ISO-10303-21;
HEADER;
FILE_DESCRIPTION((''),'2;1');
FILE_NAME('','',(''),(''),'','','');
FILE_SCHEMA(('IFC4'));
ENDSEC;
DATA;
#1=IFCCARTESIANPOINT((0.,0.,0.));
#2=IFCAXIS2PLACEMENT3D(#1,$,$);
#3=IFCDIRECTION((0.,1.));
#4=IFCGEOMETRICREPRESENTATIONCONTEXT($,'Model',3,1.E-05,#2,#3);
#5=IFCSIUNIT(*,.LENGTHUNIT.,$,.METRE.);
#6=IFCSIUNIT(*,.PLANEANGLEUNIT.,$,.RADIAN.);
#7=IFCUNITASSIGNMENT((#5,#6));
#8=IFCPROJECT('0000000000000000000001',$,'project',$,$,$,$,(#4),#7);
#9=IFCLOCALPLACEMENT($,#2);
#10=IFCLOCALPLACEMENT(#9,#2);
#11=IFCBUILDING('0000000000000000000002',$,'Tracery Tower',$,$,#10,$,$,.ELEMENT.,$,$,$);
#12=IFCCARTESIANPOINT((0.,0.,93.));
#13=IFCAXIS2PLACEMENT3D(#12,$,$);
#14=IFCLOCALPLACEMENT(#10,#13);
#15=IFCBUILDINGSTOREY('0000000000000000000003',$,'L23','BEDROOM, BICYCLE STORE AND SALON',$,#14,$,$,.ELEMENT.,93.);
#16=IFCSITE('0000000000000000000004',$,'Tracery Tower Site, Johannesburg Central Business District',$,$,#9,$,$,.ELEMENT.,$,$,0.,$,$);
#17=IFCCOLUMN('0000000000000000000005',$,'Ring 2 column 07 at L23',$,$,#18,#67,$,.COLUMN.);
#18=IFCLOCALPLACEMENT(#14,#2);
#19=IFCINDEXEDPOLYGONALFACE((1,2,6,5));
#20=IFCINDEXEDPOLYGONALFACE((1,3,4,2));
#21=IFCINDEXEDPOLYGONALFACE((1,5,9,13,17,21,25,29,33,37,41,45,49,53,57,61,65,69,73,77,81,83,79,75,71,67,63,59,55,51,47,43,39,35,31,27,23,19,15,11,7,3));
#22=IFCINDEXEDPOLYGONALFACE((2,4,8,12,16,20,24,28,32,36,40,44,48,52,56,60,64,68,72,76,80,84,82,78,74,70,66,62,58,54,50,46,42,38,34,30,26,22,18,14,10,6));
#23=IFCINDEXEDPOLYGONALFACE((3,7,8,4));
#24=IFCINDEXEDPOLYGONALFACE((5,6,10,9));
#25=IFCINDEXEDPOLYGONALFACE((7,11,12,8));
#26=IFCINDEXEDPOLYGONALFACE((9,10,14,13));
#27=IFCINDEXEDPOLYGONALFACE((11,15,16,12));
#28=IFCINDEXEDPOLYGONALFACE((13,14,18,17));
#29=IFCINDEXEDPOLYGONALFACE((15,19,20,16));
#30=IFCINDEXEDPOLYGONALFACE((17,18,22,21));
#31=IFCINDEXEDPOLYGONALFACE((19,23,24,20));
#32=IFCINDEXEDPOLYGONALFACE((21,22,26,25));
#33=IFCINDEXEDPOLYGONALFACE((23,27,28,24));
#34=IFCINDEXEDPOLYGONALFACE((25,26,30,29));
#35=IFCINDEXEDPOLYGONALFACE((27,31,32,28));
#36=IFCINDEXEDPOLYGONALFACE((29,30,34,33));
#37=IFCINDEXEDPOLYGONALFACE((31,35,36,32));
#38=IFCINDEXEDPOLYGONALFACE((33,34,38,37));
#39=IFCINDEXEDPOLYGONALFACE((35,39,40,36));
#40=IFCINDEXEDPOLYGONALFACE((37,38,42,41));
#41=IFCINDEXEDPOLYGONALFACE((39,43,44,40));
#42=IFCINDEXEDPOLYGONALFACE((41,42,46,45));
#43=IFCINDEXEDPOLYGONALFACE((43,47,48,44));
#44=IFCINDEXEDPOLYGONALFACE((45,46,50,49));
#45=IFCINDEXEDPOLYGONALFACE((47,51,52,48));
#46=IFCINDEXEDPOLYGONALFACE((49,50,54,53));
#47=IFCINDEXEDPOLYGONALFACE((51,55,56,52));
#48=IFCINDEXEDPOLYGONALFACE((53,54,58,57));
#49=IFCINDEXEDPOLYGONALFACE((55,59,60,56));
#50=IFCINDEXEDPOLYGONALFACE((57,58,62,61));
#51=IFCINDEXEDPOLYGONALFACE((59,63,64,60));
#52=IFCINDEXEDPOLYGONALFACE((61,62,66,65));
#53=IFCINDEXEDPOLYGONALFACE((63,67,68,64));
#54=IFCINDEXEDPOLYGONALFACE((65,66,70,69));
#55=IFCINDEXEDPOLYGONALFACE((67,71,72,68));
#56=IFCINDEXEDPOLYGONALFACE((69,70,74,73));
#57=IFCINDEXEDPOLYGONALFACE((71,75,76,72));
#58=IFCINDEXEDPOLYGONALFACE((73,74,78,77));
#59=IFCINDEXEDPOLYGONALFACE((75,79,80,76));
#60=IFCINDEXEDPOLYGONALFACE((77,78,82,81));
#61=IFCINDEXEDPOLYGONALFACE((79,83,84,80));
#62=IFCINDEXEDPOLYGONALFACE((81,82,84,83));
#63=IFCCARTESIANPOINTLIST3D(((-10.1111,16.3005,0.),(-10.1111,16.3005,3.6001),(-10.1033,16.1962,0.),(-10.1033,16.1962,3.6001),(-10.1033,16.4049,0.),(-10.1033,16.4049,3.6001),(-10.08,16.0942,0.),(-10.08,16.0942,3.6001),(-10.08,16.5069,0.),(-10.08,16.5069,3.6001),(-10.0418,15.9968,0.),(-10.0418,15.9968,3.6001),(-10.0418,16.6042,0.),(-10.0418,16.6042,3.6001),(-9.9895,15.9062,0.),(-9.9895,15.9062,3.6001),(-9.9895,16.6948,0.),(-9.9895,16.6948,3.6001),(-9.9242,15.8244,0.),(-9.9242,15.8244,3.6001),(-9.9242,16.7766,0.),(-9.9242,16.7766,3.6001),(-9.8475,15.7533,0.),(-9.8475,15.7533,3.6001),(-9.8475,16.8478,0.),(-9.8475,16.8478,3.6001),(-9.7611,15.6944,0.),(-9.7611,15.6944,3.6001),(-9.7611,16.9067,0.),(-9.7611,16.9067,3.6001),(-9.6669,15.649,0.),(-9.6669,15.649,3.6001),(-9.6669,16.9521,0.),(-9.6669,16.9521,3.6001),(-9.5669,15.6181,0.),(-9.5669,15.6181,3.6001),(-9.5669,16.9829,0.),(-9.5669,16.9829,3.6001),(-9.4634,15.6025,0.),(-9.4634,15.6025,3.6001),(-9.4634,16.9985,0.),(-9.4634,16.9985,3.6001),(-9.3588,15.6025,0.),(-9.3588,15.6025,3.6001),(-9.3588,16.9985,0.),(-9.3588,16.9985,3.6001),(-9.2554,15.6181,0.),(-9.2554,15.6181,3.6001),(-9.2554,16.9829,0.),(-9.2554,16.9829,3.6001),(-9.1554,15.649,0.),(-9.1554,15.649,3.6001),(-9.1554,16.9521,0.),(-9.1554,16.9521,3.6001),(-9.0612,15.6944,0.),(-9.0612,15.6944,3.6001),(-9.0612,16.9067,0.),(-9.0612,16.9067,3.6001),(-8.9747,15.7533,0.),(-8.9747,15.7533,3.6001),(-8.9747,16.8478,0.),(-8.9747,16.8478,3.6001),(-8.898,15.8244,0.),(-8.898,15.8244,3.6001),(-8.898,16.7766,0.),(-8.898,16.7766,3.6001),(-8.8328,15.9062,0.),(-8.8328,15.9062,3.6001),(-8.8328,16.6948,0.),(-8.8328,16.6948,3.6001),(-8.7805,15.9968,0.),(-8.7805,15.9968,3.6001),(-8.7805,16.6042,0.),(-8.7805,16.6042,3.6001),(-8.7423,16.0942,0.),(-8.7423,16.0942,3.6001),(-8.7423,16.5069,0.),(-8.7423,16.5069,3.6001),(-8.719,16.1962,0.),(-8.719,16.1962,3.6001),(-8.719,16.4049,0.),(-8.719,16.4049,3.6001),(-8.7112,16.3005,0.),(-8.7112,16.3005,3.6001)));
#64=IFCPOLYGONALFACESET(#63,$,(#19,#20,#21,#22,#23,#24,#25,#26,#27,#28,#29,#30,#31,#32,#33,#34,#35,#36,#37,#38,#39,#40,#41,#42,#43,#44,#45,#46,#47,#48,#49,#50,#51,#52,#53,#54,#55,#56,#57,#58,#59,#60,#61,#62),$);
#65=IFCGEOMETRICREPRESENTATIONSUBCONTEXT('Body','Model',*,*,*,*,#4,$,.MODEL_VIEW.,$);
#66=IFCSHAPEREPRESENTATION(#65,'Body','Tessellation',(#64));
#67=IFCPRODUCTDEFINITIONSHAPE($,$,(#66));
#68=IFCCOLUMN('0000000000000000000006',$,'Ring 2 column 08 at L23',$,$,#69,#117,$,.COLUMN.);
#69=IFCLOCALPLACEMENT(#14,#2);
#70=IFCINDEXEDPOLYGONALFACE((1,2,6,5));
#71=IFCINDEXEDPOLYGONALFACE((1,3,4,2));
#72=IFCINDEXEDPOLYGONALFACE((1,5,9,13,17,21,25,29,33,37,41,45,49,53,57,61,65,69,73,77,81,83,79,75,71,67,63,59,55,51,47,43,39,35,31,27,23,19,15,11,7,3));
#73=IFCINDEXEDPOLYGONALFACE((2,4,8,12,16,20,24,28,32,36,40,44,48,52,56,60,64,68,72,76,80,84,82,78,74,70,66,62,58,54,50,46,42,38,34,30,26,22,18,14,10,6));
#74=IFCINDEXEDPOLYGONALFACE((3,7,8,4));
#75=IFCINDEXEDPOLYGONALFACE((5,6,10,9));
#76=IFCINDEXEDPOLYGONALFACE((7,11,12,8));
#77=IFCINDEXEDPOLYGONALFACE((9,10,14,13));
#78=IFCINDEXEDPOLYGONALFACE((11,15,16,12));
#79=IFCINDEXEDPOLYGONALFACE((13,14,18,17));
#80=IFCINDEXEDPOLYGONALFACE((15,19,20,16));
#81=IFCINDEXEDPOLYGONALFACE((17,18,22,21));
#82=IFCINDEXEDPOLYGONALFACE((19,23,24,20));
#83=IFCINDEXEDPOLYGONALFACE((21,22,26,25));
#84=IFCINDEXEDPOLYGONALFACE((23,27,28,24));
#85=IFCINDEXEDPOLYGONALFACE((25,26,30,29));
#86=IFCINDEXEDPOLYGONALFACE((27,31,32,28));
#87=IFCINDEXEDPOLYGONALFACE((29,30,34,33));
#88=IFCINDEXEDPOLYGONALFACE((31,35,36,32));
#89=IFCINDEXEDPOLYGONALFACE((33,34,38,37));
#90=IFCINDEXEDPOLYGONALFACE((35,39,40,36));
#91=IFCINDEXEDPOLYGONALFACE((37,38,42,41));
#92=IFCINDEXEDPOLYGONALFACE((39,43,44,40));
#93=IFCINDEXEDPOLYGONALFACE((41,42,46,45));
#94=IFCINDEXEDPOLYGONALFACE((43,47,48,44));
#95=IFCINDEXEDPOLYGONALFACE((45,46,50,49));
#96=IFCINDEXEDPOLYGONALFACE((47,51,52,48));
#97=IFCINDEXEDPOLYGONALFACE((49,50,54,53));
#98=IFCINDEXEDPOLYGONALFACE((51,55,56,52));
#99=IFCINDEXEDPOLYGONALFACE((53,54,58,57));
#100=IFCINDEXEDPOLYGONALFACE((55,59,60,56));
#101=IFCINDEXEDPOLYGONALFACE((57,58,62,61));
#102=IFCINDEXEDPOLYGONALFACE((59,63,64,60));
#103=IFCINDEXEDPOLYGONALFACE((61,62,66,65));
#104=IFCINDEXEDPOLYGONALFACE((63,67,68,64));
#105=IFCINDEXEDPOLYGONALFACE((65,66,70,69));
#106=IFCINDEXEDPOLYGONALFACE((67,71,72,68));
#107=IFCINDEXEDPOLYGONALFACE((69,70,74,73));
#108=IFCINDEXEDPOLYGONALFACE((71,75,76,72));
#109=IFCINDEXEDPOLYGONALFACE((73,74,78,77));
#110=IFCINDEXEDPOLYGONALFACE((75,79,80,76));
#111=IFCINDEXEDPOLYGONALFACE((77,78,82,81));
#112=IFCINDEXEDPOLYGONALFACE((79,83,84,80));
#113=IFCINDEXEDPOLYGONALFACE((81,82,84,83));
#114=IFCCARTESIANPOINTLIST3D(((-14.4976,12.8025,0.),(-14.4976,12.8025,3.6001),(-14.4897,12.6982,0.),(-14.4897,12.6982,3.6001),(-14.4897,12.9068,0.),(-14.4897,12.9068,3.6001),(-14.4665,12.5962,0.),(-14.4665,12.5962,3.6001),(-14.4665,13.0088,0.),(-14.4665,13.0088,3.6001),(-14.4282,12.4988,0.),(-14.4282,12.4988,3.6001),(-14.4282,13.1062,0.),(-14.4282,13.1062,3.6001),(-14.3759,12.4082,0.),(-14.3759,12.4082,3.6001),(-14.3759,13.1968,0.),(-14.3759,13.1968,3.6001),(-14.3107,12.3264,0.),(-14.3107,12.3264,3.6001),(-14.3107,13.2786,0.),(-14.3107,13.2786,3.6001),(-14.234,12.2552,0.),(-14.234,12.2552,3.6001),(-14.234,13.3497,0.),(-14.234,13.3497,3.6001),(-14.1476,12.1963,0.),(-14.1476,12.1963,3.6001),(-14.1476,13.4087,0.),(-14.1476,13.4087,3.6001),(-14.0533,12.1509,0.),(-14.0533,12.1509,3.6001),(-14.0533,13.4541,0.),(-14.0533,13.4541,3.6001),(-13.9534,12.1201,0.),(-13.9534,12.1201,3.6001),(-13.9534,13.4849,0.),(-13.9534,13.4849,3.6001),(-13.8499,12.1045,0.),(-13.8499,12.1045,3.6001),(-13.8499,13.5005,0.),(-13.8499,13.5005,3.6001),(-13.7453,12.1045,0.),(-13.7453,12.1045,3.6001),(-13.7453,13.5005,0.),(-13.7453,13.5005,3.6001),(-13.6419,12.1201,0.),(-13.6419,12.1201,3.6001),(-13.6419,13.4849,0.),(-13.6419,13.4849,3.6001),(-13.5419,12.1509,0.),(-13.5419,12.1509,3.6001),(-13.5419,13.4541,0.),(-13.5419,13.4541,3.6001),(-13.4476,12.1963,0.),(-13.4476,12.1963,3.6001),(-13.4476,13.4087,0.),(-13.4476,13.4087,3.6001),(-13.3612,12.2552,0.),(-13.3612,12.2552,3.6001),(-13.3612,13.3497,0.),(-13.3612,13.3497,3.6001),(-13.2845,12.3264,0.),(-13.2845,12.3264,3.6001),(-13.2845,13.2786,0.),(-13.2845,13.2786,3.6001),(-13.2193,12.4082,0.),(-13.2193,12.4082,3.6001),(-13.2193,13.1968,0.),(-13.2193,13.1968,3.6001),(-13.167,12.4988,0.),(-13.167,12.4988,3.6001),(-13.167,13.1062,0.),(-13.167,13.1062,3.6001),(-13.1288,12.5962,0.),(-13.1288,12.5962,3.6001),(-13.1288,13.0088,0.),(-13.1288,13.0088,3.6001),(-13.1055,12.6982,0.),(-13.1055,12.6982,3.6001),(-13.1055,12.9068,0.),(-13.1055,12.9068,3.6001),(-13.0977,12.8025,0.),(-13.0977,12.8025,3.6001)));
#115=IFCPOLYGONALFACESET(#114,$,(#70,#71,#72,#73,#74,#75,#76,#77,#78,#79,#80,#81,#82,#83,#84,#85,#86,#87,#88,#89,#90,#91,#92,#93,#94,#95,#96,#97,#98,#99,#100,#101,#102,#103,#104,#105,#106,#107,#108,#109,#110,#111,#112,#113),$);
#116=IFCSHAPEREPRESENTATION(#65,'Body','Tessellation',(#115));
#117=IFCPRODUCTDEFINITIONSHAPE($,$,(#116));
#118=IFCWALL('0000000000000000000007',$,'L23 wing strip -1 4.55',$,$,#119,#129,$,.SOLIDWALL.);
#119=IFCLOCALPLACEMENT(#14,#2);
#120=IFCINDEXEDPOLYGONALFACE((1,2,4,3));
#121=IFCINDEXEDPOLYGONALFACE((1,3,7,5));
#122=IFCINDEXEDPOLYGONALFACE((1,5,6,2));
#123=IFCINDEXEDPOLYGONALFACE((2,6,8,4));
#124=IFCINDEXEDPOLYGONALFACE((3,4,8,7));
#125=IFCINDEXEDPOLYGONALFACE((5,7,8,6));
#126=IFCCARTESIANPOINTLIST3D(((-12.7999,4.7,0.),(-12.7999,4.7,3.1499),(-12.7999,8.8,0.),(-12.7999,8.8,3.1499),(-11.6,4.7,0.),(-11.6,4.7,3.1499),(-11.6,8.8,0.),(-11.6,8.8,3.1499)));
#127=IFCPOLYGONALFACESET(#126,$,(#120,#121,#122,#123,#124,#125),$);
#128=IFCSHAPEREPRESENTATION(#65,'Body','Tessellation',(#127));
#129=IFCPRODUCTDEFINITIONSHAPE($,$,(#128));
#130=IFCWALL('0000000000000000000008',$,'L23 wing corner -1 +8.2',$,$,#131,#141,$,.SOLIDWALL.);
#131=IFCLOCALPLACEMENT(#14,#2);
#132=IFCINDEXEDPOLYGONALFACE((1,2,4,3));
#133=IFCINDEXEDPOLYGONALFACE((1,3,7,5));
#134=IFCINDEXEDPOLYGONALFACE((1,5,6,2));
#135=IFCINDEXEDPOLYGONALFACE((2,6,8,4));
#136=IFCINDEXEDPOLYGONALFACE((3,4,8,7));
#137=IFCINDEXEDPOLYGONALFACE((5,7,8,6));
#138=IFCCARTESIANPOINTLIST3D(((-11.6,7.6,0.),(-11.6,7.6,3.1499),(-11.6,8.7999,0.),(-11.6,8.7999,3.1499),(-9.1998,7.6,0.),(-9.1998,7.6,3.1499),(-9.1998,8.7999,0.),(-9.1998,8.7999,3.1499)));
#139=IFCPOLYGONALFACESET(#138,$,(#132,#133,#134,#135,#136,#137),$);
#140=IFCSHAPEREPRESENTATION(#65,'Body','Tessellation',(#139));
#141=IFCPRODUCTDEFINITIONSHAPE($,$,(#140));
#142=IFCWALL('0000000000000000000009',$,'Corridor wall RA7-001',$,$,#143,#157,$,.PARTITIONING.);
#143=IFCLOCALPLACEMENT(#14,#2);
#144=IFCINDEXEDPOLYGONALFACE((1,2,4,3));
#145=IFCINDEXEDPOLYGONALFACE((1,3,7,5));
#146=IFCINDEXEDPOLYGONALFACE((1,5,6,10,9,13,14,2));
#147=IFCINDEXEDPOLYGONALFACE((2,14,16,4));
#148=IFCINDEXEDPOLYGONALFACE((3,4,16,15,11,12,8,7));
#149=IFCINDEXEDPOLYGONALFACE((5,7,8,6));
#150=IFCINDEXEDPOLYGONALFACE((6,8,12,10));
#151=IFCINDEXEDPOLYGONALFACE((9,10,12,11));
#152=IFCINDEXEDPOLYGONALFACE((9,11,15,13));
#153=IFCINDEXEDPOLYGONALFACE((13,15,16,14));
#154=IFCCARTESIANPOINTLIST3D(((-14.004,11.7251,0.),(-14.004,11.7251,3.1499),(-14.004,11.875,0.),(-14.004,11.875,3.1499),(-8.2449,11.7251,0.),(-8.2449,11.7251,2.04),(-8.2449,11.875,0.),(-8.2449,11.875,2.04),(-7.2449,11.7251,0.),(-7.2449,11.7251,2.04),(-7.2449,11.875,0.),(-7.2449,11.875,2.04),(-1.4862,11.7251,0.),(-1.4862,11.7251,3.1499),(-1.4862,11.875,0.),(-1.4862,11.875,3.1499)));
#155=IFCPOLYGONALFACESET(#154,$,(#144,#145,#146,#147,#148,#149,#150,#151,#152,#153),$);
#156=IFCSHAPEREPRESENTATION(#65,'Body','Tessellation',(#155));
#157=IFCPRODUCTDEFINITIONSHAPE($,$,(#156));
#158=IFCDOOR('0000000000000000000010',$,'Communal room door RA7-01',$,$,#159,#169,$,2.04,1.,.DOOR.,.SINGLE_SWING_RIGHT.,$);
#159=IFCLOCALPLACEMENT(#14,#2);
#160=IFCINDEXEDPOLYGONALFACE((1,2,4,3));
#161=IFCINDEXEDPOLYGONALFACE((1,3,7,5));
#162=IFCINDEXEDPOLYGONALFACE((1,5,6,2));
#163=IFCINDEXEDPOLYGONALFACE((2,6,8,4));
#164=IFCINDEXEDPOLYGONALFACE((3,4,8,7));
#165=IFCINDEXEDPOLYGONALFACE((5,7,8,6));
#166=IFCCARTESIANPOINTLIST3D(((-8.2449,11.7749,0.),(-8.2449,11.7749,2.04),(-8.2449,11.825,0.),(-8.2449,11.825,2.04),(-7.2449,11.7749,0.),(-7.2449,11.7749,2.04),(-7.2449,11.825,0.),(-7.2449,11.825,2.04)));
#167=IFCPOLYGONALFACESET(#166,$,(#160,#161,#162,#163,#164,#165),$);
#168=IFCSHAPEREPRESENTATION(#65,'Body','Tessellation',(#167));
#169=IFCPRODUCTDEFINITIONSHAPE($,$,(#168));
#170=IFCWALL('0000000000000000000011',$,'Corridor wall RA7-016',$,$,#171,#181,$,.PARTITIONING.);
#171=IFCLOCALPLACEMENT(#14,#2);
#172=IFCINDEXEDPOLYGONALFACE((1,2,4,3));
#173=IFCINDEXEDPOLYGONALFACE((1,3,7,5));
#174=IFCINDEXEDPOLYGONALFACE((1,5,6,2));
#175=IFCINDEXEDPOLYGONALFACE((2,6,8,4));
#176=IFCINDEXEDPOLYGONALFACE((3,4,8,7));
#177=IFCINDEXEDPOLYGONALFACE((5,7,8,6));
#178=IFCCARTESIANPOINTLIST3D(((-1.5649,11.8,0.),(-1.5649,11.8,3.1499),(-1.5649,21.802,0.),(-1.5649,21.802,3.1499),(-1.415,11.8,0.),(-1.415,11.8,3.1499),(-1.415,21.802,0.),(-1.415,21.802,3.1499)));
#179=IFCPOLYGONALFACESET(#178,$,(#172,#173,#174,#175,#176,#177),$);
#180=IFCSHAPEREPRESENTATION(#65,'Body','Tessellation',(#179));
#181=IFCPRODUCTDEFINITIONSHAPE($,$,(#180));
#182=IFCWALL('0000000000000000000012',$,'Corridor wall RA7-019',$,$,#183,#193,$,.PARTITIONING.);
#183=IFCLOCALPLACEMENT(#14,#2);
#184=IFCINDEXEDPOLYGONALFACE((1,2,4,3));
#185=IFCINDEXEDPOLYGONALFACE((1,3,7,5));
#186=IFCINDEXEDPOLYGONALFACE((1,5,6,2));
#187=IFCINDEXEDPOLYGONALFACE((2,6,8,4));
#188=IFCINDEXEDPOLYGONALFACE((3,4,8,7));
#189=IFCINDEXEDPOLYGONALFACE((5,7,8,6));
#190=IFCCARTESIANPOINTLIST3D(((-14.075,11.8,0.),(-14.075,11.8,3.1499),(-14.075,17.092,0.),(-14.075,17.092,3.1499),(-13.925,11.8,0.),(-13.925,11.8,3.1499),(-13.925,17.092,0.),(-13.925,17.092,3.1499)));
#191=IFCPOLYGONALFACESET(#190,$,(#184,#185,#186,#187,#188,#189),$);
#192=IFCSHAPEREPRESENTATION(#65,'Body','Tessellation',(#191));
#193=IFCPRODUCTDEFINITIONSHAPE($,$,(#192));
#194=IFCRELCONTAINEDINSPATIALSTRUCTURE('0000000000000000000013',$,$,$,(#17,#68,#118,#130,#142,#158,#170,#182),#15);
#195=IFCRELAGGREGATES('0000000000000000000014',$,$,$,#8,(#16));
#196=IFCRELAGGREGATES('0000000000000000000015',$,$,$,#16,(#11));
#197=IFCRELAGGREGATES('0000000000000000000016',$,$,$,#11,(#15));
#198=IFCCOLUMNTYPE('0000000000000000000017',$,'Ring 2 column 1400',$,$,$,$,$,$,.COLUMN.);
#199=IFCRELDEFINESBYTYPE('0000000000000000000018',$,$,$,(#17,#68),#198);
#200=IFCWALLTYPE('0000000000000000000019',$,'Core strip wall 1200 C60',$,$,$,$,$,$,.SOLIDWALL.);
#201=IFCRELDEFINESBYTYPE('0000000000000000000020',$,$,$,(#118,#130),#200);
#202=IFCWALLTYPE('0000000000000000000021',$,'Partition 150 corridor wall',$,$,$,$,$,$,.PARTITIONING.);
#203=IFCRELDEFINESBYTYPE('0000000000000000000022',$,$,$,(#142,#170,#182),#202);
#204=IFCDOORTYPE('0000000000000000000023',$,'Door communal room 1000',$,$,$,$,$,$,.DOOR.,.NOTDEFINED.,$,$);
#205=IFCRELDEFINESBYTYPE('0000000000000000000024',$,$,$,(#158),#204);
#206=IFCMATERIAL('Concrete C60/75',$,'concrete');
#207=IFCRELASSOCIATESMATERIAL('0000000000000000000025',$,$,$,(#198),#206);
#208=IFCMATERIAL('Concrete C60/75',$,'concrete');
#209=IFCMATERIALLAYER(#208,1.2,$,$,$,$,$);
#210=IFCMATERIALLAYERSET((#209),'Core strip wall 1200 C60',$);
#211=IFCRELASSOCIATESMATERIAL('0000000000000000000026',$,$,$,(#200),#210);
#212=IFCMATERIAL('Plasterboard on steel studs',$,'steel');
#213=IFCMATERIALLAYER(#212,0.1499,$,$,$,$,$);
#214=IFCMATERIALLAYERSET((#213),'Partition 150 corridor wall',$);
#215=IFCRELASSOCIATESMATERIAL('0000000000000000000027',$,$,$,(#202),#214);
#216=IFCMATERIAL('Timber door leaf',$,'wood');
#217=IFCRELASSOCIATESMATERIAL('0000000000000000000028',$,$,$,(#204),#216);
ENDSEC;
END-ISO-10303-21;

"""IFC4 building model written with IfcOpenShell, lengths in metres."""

from ifc_helpers import new_model, si_unit, direction, frame, frame_2d, origin, origin_2d, place, context, subcontext, project, spatial, rectangle, circle, extrude, material, layer, layer_set, material_profile, profile_set, type_object, element, fill, save


model = new_model("IFC4")

# Units and contexts
model_context = context("Model", 3, precision=1e-05, world=origin(), true_north=direction((0.0, 1.0)))
body_context = subcontext(model_context, "Body", "Model", "MODEL_VIEW")
ifc_project = project(units=[si_unit("LENGTHUNIT", "METRE"), si_unit("PLANEANGLEUNIT", "RADIAN")], contexts=[model_context])

# Site, building, storey
site_placement = place(None, origin())
site = spatial("IfcSite", under=ifc_project, at=site_placement, Name="Tracery Tower Site, Johannesburg Central Business District", CompositionType="ELEMENT", RefElevation=0.0)
building_placement = place(site_placement, origin())
building = spatial("IfcBuilding", under=site, at=building_placement, Name="Tracery Tower", CompositionType="ELEMENT")
storey_placement = place(building_placement, frame((0.0, 0.0, 93.0)))
storey = spatial("IfcBuildingStorey", under=building, at=storey_placement, Name="L23", Description="BEDROOM, BICYCLE STORE AND SALON", CompositionType="ELEMENT", Elevation=93.0)

# Columns
ifc_material_1 = material(Name="Concrete C60/75", Category="concrete")
ifc_material_profile = material_profile(ifc_material_1, circle(Radius=0.7, at=origin_2d()), Name="RC D1400")
ifc_profile_set = profile_set([ifc_material_profile], Name="Concrete C60/75")
column_type = type_object("IfcColumnType", Name="Ring 2 column 1400", PredefinedType="COLUMN", material=ifc_profile_set)
for number, where, z_axis, x_axis, name in (
    (1, (-9.4111, 16.3005, 0.0), (0.0, 0.0, 1.0), (1.0, 0.0, 0.0), "Ring 2 column 07 at L23"),
    (2, (-13.7976, 12.8025, 0.0), (0.0, 0.0, 1.0), (1.0, 0.0, 0.0), "Ring 2 column 08 at L23"),
):
    element("IfcColumn", number, at=place(storey_placement, frame(where, z_axis=z_axis, x_axis=x_axis)), inside=storey, type_object=column_type, Name=name, PredefinedType="COLUMN", context=body_context, shape_type="SweptSolid", body=[
        extrude(circle(Radius=0.7, at=origin_2d()), origin(), (0.0, 0.0, 1.0), 3.6001),
    ])

# Walls
ifc_material_2 = material(Name="Concrete C60/75", Category="concrete")
ifc_layer_1 = layer(ifc_material_2, 1.2)
ifc_layer_set_1 = layer_set([ifc_layer_1], Name="Core strip wall 1200 C60")
wall_type_1 = type_object("IfcWallType", Name="Core strip wall 1200 C60", PredefinedType="SOLIDWALL", material=ifc_layer_set_1)
wall_1_placement = place(storey_placement, frame((-12.2, 4.7, 0.0), z_axis=(0.0, 0.0, 1.0), x_axis=(0.0, 1.0, 0.0)))
element("IfcWall", 3, at=wall_1_placement, inside=storey, type_object=wall_type_1, Name="L23 wing strip -1 4.55", PredefinedType="SOLIDWALL", context=body_context, shape_type="SweptSolid", body=[
    extrude(rectangle(XDim=4.1001, YDim=1.2, at=frame_2d((2.05, 0.0))), origin(), (0.0, 0.0, 1.0), 3.1499),
])
wall_2_placement = place(storey_placement, frame((-11.6001, 8.2, 0.0), z_axis=(0.0, 0.0, 1.0), x_axis=(1.0, 0.0, 0.0)))
element("IfcWall", 4, at=wall_2_placement, inside=storey, type_object=wall_type_1, Name="L23 wing corner -1 +8.2", PredefinedType="SOLIDWALL", context=body_context, shape_type="SweptSolid", body=[
    extrude(rectangle(XDim=2.4001, YDim=1.2, at=frame_2d((1.2002, 0.0))), origin(), (0.0, 0.0, 1.0), 3.1499),
])

# Wall, opening, door
ifc_material_3 = material(Name="Plasterboard on steel studs", Category="steel")
ifc_layer_2 = layer(ifc_material_3, 0.1499)
ifc_layer_set_2 = layer_set([ifc_layer_2], Name="Partition 150 corridor wall")
wall_type_2 = type_object("IfcWallType", Name="Partition 150 corridor wall", PredefinedType="PARTITIONING", material=ifc_layer_set_2)
wall_3_placement = place(storey_placement, frame((-14.0039, 11.8, 0.0), z_axis=(0.0, 0.0, 1.0), x_axis=(1.0, 0.0, 0.0)))
wall_3 = element("IfcWall", 5, at=wall_3_placement, inside=storey, type_object=wall_type_2, Name="Corridor wall RA7-001", PredefinedType="PARTITIONING", context=body_context, shape_type="SweptSolid", body=[
    extrude(rectangle(XDim=12.5178, YDim=0.1499, at=frame_2d((6.2588, 0.0))), origin(), (0.0, 0.0, 1.0), 3.1499),
])
opening_1_placement = place(wall_3_placement, frame((5.759, 0.0, 0.0)))
opening_1 = element("IfcOpeningElement", 6, at=opening_1_placement, cuts=wall_3, PredefinedType="OPENING", context=body_context, shape_type="SweptSolid", body=[
    extrude(rectangle(XDim=1.0, YDim=2.04, at=frame_2d((0.5, 1.02))), frame((0.0, 0.075, 0.0), z_axis=(0.0, -1.0, 0.0), x_axis=(1.0, 0.0, 0.0)), (0.0, 0.0, 1.0), 0.1499),
])
ifc_material_4 = material(Name="Timber door leaf", Category="wood")
door_type_1 = type_object("IfcDoorType", Name="Door communal room 1000", OperationType="NOTDEFINED", PredefinedType="DOOR", material=ifc_material_4)
door_1_placement = place(opening_1_placement, origin())
door_1 = element("IfcDoor", 7, at=door_1_placement, inside=storey, type_object=door_type_1, Name="Communal room door RA7-01", OperationType="SINGLE_SWING_RIGHT", OverallHeight=2.04, OverallWidth=1.0, PredefinedType="DOOR", context=body_context, shape_type="SweptSolid", body=[
    extrude(rectangle(XDim=1.0, YDim=2.04, at=frame_2d((0.5, 1.02))), frame((0.0, 0.0249, 0.0), z_axis=(0.0, -1.0, 0.0), x_axis=(1.0, 0.0, 0.0)), (0.0, 0.0, 1.0), 0.05),
])
fill(opening_1, door_1)

# Walls
wall_4_placement = place(storey_placement, frame((-1.49, 11.8, 0.0), z_axis=(0.0, 0.0, 1.0), x_axis=(0.0, 1.0, 0.0)))
element("IfcWall", 8, at=wall_4_placement, inside=storey, type_object=wall_type_2, Name="Corridor wall RA7-016", PredefinedType="PARTITIONING", context=body_context, shape_type="SweptSolid", body=[
    extrude(rectangle(XDim=10.002, YDim=0.1499, at=frame_2d((5.001, 0.0))), origin(), (0.0, 0.0, 1.0), 3.1499),
])
wall_5_placement = place(storey_placement, frame((-14.0, 11.8, 0.0), z_axis=(0.0, 0.0, 1.0), x_axis=(0.0, 1.0, 0.0)))
element("IfcWall", 9, at=wall_5_placement, inside=storey, type_object=wall_type_2, Name="Corridor wall RA7-019", PredefinedType="PARTITIONING", context=body_context, shape_type="SweptSolid", body=[
    extrude(rectangle(XDim=5.292, YDim=0.1499, at=frame_2d((2.646, 0.0))), origin(), (0.0, 0.0, 1.0), 3.1499),
])

save(model, "model.ifc")
